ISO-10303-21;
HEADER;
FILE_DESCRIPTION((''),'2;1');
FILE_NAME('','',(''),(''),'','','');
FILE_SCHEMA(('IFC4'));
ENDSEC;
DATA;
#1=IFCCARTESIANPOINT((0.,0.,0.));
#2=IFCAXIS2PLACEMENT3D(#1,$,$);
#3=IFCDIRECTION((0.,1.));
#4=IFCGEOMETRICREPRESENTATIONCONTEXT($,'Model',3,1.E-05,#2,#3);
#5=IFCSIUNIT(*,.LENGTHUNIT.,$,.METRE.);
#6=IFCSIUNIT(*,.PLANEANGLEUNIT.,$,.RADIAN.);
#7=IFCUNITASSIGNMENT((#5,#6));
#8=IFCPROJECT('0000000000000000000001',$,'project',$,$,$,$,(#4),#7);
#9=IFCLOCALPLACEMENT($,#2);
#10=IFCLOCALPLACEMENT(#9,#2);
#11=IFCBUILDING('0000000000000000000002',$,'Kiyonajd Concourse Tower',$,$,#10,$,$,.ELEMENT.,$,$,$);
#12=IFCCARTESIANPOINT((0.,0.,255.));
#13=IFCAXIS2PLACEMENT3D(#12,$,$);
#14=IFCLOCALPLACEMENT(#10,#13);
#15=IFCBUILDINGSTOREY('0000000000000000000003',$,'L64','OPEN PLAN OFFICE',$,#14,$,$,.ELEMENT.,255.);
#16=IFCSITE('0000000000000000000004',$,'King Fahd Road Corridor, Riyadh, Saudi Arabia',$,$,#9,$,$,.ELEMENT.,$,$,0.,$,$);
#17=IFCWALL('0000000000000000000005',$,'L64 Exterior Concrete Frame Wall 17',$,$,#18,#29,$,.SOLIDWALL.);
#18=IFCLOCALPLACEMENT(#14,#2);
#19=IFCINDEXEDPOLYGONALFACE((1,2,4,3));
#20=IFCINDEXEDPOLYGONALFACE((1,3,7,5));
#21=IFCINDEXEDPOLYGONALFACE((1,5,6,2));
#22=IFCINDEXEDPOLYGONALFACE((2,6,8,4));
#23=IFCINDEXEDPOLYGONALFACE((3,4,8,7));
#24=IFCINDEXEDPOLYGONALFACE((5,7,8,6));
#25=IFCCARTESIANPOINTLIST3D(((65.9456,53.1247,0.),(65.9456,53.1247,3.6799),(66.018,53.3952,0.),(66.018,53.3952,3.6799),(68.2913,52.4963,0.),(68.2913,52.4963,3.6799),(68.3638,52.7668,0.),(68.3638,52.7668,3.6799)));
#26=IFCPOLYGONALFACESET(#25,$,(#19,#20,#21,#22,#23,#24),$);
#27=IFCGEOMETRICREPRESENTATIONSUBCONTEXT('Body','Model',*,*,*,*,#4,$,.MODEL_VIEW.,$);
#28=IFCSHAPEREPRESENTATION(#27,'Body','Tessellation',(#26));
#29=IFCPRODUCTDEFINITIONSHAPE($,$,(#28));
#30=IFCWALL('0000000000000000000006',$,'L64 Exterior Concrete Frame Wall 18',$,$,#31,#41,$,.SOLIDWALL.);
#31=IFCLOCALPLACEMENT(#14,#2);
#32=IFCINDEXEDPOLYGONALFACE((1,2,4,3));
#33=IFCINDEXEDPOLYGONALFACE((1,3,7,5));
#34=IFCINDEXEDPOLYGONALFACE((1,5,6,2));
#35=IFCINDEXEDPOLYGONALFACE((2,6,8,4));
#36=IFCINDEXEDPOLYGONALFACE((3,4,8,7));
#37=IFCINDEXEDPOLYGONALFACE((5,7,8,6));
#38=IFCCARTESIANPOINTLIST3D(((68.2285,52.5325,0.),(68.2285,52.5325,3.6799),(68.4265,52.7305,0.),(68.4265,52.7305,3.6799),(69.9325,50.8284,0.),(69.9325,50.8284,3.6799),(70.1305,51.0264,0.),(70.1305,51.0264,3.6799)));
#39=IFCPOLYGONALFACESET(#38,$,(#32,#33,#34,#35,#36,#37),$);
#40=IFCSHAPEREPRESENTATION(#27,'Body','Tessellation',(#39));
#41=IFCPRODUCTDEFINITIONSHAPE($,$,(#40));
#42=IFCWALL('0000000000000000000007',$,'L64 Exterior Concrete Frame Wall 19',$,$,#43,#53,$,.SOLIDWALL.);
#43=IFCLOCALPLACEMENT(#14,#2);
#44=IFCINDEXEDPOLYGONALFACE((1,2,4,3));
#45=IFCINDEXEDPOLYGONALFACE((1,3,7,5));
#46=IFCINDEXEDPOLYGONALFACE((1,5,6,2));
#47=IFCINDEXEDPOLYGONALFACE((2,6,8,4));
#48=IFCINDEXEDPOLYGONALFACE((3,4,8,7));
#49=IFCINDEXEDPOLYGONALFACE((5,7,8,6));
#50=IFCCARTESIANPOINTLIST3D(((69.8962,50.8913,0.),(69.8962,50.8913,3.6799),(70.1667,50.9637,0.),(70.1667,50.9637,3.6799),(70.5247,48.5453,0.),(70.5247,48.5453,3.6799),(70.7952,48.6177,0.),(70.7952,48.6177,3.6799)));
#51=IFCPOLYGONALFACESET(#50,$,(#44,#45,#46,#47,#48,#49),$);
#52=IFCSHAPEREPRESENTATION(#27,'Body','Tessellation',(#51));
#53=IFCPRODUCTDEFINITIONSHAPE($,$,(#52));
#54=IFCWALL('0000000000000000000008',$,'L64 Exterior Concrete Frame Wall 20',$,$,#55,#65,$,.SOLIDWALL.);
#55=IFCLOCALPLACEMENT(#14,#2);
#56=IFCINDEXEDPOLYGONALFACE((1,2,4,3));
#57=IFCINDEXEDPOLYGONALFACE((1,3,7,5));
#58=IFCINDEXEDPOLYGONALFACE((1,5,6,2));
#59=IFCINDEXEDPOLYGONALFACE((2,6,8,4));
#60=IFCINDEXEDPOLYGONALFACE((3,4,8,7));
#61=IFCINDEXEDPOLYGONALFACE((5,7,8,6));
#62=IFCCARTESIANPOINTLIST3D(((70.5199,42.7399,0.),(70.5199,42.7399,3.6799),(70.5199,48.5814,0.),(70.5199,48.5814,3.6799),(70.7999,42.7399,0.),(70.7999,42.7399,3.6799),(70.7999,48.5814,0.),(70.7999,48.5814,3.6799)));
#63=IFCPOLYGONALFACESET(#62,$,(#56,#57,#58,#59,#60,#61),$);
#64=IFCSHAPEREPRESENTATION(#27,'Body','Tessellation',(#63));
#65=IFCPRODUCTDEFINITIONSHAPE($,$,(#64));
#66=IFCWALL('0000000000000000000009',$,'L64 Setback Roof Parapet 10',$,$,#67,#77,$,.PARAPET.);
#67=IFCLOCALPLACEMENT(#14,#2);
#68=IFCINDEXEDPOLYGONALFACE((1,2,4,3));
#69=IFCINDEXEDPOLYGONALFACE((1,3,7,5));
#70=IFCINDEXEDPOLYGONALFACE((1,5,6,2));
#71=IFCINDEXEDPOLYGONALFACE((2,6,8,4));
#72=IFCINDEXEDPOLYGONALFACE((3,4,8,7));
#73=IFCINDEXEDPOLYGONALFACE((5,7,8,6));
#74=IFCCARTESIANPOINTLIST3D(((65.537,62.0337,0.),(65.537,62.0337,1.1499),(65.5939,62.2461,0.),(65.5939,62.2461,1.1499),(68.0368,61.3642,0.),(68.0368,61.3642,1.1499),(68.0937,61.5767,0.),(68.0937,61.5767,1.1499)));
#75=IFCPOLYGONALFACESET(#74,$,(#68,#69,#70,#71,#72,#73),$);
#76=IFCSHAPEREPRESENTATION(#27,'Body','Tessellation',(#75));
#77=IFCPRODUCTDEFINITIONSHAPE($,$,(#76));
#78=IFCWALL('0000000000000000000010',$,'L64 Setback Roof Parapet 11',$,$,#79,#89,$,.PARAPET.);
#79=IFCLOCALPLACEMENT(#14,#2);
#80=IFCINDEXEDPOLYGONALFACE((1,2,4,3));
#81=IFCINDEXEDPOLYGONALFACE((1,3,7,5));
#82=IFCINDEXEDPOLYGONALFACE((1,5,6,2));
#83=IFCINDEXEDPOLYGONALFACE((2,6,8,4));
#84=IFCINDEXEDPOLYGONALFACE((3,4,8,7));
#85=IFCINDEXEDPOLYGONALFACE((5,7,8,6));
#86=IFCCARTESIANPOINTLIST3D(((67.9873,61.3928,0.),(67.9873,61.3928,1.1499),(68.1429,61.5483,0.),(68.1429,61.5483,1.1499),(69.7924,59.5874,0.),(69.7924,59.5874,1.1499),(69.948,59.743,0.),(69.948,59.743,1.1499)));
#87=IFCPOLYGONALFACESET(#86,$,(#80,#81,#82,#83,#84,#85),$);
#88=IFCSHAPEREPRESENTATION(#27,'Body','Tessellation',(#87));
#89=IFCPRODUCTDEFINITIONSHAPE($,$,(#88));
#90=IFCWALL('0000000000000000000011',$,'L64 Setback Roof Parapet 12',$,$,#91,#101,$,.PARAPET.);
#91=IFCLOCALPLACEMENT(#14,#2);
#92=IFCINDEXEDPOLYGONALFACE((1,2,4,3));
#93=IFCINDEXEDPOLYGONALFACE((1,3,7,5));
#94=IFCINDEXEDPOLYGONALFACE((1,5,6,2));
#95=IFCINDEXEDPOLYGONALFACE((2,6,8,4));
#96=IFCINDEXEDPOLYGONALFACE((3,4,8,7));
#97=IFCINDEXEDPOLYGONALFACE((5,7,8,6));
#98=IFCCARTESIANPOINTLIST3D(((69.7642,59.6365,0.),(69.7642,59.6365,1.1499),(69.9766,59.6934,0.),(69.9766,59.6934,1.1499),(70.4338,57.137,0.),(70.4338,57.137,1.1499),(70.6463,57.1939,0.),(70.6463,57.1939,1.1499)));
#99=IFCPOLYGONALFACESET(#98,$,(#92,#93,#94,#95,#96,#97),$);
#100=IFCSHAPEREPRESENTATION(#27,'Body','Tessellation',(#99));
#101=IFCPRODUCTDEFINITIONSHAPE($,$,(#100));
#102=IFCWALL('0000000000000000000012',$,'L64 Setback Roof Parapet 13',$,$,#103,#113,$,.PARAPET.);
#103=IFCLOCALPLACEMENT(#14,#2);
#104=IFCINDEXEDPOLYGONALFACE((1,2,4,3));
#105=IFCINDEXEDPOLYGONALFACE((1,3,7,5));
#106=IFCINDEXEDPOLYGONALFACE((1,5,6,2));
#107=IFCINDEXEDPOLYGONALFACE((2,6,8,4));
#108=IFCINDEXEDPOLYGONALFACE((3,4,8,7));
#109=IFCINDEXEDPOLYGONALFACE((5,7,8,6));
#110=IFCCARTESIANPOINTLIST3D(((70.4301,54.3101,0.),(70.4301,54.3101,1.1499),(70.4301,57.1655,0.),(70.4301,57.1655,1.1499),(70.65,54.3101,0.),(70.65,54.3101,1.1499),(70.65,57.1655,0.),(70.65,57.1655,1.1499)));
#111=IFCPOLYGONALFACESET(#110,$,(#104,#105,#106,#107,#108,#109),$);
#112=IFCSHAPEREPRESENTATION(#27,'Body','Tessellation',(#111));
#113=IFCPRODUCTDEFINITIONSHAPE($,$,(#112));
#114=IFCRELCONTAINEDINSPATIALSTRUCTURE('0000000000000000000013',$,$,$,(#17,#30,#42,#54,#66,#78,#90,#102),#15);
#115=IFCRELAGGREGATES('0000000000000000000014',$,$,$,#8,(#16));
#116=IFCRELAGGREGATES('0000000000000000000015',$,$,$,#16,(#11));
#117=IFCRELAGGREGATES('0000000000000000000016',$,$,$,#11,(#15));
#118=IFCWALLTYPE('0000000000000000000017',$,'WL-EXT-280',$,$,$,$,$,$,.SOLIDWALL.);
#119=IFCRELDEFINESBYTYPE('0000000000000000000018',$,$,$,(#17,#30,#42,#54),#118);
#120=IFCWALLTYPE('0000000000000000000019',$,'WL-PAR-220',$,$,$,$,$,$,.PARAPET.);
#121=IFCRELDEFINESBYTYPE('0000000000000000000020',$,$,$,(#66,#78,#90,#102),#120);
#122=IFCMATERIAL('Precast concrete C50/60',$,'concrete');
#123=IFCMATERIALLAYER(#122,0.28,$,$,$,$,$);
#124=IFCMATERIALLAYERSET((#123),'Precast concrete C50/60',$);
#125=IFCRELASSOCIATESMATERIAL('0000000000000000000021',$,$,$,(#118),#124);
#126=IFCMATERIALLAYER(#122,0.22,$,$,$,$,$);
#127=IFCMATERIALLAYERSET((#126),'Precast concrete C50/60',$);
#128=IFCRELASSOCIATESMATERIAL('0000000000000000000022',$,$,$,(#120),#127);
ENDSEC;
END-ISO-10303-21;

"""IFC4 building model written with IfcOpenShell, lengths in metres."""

from ifc_helpers import new_model, si_unit, direction, frame, frame_2d, origin, place, context, subcontext, project, spatial, rectangle, extrude, material, layer, layer_set, type_object, element, save


model = new_model("IFC4")

# Units and contexts
model_context = context("Model", 3, precision=1e-05, world=origin(), true_north=direction((0.0, 1.0)))
body_context = subcontext(model_context, "Body", "Model", "MODEL_VIEW")
ifc_project = project(units=[si_unit("LENGTHUNIT", "METRE"), si_unit("PLANEANGLEUNIT", "RADIAN")], contexts=[model_context])

# Site, building, storey
site_placement = place(None, origin())
site = spatial("IfcSite", under=ifc_project, at=site_placement, Name="King Fahd Road Corridor, Riyadh, Saudi Arabia", CompositionType="ELEMENT", RefElevation=0.0)
building_placement = place(site_placement, origin())
building = spatial("IfcBuilding", under=site, at=building_placement, Name="Kiyonajd Concourse Tower", CompositionType="ELEMENT")
storey_placement = place(building_placement, frame((0.0, 0.0, 255.0)))
storey = spatial("IfcBuildingStorey", under=building, at=storey_placement, Name="L64", Description="OPEN PLAN OFFICE", CompositionType="ELEMENT", Elevation=255.0)

# Walls
ifc_material_1 = material(Name="Precast concrete C50/60", Category="concrete")
ifc_layer_1 = layer(ifc_material_1, 0.28)
ifc_layer_set_1 = layer_set([ifc_layer_1], Name="Precast concrete C50/60")
wall_type_1 = type_object("IfcWallType", Name="WL-EXT-280", PredefinedType="SOLIDWALL", material=ifc_layer_set_1)
wall_1_placement = place(storey_placement, frame((65.9817, 53.26, 0.0), z_axis=(0.0, 0.0, 1.0), x_axis=(0.965937, -0.258776, 0.0)))
element("IfcWall", 1, at=wall_1_placement, inside=storey, type_object=wall_type_1, Name="L64 Exterior Concrete Frame Wall 17", PredefinedType="SOLIDWALL", context=body_context, shape_type="SweptSolid", body=[
    extrude(rectangle(XDim=2.4285, YDim=0.28, at=frame_2d((1.2144, 0.0))), origin(), (0.0, 0.0, 1.0), 3.6799),
])
wall_2_placement = place(storey_placement, frame((68.3274, 52.6316, 0.0), z_axis=(0.0, 0.0, 1.0), x_axis=(0.707107, -0.707107, 0.0)))
element("IfcWall", 2, at=wall_2_placement, inside=storey, type_object=wall_type_1, Name="L64 Exterior Concrete Frame Wall 18", PredefinedType="SOLIDWALL", context=body_context, shape_type="SweptSolid", body=[
    extrude(rectangle(XDim=2.4099, YDim=0.28, at=frame_2d((1.2051, 0.0))), origin(), (0.0, 0.0, 1.0), 3.6799),
])
wall_3_placement = place(storey_placement, frame((70.0315, 50.9275, 0.0), z_axis=(0.0, 0.0, 1.0), x_axis=(0.258751, -0.965944, 0.0)))
element("IfcWall", 3, at=wall_3_placement, inside=storey, type_object=wall_type_1, Name="L64 Exterior Concrete Frame Wall 19", PredefinedType="SOLIDWALL", context=body_context, shape_type="SweptSolid", body=[
    extrude(rectangle(XDim=2.4287, YDim=0.28, at=frame_2d((1.2144, 0.0))), origin(), (0.0, 0.0, 1.0), 3.6799),
])
wall_4_placement = place(storey_placement, frame((70.6599, 48.5815, 0.0), z_axis=(0.0, 0.0, 1.0), x_axis=(0.0, -1.0, 0.0)))
element("IfcWall", 4, at=wall_4_placement, inside=storey, type_object=wall_type_1, Name="L64 Exterior Concrete Frame Wall 20", PredefinedType="SOLIDWALL", context=body_context, shape_type="SweptSolid", body=[
    extrude(rectangle(XDim=5.8416, YDim=0.28, at=frame_2d((2.9209, 0.0))), origin(), (0.0, 0.0, 1.0), 3.6799),
])
ifc_layer_2 = layer(ifc_material_1, 0.22)
ifc_layer_set_2 = layer_set([ifc_layer_2], Name="Precast concrete C50/60")
wall_type_2 = type_object("IfcWallType", Name="WL-PAR-220", PredefinedType="PARAPET", material=ifc_layer_set_2)
wall_5_placement = place(storey_placement, frame((65.5654, 62.1399, 0.0), z_axis=(0.0, 0.0, 1.0), x_axis=(0.965962, -0.258684, 0.0)))
element("IfcWall", 5, at=wall_5_placement, inside=storey, type_object=wall_type_2, Name="L64 Setback Roof Parapet 10", PredefinedType="PARAPET", context=body_context, shape_type="SweptSolid", body=[
    extrude(rectangle(XDim=2.5879, YDim=0.22, at=frame_2d((1.2939, 0.0))), origin(), (0.0, 0.0, 1.0), 1.1499),
])
wall_6_placement = place(storey_placement, frame((68.0652, 61.4705, 0.0), z_axis=(0.0, 0.0, 1.0), x_axis=(0.707059, -0.707155, 0.0)))
element("IfcWall", 6, at=wall_6_placement, inside=storey, type_object=wall_type_2, Name="L64 Setback Roof Parapet 11", PredefinedType="PARAPET", context=body_context, shape_type="SweptSolid", body=[
    extrude(rectangle(XDim=2.553, YDim=0.22, at=frame_2d((1.2764, 0.0))), origin(), (0.0, 0.0, 1.0), 1.1499),
])
wall_7_placement = place(storey_placement, frame((69.8704, 59.665, 0.0), z_axis=(0.0, 0.0, 1.0), x_axis=(0.258796, -0.965932, 0.0)))
element("IfcWall", 7, at=wall_7_placement, inside=storey, type_object=wall_type_2, Name="L64 Setback Roof Parapet 12", PredefinedType="PARAPET", context=body_context, shape_type="SweptSolid", body=[
    extrude(rectangle(XDim=2.5876, YDim=0.22, at=frame_2d((1.2939, 0.0))), origin(), (0.0, 0.0, 1.0), 1.1499),
])
wall_8_placement = place(storey_placement, frame((70.54, 57.1655, 0.0), z_axis=(0.0, 0.0, 1.0), x_axis=(0.0, -1.0, 0.0)))
element("IfcWall", 8, at=wall_8_placement, inside=storey, type_object=wall_type_2, Name="L64 Setback Roof Parapet 13", PredefinedType="PARAPET", context=body_context, shape_type="SweptSolid", body=[
    extrude(rectangle(XDim=2.8555, YDim=0.22, at=frame_2d((1.4277, 0.0))), origin(), (0.0, 0.0, 1.0), 1.1499),
])

save(model, "model.ifc")
